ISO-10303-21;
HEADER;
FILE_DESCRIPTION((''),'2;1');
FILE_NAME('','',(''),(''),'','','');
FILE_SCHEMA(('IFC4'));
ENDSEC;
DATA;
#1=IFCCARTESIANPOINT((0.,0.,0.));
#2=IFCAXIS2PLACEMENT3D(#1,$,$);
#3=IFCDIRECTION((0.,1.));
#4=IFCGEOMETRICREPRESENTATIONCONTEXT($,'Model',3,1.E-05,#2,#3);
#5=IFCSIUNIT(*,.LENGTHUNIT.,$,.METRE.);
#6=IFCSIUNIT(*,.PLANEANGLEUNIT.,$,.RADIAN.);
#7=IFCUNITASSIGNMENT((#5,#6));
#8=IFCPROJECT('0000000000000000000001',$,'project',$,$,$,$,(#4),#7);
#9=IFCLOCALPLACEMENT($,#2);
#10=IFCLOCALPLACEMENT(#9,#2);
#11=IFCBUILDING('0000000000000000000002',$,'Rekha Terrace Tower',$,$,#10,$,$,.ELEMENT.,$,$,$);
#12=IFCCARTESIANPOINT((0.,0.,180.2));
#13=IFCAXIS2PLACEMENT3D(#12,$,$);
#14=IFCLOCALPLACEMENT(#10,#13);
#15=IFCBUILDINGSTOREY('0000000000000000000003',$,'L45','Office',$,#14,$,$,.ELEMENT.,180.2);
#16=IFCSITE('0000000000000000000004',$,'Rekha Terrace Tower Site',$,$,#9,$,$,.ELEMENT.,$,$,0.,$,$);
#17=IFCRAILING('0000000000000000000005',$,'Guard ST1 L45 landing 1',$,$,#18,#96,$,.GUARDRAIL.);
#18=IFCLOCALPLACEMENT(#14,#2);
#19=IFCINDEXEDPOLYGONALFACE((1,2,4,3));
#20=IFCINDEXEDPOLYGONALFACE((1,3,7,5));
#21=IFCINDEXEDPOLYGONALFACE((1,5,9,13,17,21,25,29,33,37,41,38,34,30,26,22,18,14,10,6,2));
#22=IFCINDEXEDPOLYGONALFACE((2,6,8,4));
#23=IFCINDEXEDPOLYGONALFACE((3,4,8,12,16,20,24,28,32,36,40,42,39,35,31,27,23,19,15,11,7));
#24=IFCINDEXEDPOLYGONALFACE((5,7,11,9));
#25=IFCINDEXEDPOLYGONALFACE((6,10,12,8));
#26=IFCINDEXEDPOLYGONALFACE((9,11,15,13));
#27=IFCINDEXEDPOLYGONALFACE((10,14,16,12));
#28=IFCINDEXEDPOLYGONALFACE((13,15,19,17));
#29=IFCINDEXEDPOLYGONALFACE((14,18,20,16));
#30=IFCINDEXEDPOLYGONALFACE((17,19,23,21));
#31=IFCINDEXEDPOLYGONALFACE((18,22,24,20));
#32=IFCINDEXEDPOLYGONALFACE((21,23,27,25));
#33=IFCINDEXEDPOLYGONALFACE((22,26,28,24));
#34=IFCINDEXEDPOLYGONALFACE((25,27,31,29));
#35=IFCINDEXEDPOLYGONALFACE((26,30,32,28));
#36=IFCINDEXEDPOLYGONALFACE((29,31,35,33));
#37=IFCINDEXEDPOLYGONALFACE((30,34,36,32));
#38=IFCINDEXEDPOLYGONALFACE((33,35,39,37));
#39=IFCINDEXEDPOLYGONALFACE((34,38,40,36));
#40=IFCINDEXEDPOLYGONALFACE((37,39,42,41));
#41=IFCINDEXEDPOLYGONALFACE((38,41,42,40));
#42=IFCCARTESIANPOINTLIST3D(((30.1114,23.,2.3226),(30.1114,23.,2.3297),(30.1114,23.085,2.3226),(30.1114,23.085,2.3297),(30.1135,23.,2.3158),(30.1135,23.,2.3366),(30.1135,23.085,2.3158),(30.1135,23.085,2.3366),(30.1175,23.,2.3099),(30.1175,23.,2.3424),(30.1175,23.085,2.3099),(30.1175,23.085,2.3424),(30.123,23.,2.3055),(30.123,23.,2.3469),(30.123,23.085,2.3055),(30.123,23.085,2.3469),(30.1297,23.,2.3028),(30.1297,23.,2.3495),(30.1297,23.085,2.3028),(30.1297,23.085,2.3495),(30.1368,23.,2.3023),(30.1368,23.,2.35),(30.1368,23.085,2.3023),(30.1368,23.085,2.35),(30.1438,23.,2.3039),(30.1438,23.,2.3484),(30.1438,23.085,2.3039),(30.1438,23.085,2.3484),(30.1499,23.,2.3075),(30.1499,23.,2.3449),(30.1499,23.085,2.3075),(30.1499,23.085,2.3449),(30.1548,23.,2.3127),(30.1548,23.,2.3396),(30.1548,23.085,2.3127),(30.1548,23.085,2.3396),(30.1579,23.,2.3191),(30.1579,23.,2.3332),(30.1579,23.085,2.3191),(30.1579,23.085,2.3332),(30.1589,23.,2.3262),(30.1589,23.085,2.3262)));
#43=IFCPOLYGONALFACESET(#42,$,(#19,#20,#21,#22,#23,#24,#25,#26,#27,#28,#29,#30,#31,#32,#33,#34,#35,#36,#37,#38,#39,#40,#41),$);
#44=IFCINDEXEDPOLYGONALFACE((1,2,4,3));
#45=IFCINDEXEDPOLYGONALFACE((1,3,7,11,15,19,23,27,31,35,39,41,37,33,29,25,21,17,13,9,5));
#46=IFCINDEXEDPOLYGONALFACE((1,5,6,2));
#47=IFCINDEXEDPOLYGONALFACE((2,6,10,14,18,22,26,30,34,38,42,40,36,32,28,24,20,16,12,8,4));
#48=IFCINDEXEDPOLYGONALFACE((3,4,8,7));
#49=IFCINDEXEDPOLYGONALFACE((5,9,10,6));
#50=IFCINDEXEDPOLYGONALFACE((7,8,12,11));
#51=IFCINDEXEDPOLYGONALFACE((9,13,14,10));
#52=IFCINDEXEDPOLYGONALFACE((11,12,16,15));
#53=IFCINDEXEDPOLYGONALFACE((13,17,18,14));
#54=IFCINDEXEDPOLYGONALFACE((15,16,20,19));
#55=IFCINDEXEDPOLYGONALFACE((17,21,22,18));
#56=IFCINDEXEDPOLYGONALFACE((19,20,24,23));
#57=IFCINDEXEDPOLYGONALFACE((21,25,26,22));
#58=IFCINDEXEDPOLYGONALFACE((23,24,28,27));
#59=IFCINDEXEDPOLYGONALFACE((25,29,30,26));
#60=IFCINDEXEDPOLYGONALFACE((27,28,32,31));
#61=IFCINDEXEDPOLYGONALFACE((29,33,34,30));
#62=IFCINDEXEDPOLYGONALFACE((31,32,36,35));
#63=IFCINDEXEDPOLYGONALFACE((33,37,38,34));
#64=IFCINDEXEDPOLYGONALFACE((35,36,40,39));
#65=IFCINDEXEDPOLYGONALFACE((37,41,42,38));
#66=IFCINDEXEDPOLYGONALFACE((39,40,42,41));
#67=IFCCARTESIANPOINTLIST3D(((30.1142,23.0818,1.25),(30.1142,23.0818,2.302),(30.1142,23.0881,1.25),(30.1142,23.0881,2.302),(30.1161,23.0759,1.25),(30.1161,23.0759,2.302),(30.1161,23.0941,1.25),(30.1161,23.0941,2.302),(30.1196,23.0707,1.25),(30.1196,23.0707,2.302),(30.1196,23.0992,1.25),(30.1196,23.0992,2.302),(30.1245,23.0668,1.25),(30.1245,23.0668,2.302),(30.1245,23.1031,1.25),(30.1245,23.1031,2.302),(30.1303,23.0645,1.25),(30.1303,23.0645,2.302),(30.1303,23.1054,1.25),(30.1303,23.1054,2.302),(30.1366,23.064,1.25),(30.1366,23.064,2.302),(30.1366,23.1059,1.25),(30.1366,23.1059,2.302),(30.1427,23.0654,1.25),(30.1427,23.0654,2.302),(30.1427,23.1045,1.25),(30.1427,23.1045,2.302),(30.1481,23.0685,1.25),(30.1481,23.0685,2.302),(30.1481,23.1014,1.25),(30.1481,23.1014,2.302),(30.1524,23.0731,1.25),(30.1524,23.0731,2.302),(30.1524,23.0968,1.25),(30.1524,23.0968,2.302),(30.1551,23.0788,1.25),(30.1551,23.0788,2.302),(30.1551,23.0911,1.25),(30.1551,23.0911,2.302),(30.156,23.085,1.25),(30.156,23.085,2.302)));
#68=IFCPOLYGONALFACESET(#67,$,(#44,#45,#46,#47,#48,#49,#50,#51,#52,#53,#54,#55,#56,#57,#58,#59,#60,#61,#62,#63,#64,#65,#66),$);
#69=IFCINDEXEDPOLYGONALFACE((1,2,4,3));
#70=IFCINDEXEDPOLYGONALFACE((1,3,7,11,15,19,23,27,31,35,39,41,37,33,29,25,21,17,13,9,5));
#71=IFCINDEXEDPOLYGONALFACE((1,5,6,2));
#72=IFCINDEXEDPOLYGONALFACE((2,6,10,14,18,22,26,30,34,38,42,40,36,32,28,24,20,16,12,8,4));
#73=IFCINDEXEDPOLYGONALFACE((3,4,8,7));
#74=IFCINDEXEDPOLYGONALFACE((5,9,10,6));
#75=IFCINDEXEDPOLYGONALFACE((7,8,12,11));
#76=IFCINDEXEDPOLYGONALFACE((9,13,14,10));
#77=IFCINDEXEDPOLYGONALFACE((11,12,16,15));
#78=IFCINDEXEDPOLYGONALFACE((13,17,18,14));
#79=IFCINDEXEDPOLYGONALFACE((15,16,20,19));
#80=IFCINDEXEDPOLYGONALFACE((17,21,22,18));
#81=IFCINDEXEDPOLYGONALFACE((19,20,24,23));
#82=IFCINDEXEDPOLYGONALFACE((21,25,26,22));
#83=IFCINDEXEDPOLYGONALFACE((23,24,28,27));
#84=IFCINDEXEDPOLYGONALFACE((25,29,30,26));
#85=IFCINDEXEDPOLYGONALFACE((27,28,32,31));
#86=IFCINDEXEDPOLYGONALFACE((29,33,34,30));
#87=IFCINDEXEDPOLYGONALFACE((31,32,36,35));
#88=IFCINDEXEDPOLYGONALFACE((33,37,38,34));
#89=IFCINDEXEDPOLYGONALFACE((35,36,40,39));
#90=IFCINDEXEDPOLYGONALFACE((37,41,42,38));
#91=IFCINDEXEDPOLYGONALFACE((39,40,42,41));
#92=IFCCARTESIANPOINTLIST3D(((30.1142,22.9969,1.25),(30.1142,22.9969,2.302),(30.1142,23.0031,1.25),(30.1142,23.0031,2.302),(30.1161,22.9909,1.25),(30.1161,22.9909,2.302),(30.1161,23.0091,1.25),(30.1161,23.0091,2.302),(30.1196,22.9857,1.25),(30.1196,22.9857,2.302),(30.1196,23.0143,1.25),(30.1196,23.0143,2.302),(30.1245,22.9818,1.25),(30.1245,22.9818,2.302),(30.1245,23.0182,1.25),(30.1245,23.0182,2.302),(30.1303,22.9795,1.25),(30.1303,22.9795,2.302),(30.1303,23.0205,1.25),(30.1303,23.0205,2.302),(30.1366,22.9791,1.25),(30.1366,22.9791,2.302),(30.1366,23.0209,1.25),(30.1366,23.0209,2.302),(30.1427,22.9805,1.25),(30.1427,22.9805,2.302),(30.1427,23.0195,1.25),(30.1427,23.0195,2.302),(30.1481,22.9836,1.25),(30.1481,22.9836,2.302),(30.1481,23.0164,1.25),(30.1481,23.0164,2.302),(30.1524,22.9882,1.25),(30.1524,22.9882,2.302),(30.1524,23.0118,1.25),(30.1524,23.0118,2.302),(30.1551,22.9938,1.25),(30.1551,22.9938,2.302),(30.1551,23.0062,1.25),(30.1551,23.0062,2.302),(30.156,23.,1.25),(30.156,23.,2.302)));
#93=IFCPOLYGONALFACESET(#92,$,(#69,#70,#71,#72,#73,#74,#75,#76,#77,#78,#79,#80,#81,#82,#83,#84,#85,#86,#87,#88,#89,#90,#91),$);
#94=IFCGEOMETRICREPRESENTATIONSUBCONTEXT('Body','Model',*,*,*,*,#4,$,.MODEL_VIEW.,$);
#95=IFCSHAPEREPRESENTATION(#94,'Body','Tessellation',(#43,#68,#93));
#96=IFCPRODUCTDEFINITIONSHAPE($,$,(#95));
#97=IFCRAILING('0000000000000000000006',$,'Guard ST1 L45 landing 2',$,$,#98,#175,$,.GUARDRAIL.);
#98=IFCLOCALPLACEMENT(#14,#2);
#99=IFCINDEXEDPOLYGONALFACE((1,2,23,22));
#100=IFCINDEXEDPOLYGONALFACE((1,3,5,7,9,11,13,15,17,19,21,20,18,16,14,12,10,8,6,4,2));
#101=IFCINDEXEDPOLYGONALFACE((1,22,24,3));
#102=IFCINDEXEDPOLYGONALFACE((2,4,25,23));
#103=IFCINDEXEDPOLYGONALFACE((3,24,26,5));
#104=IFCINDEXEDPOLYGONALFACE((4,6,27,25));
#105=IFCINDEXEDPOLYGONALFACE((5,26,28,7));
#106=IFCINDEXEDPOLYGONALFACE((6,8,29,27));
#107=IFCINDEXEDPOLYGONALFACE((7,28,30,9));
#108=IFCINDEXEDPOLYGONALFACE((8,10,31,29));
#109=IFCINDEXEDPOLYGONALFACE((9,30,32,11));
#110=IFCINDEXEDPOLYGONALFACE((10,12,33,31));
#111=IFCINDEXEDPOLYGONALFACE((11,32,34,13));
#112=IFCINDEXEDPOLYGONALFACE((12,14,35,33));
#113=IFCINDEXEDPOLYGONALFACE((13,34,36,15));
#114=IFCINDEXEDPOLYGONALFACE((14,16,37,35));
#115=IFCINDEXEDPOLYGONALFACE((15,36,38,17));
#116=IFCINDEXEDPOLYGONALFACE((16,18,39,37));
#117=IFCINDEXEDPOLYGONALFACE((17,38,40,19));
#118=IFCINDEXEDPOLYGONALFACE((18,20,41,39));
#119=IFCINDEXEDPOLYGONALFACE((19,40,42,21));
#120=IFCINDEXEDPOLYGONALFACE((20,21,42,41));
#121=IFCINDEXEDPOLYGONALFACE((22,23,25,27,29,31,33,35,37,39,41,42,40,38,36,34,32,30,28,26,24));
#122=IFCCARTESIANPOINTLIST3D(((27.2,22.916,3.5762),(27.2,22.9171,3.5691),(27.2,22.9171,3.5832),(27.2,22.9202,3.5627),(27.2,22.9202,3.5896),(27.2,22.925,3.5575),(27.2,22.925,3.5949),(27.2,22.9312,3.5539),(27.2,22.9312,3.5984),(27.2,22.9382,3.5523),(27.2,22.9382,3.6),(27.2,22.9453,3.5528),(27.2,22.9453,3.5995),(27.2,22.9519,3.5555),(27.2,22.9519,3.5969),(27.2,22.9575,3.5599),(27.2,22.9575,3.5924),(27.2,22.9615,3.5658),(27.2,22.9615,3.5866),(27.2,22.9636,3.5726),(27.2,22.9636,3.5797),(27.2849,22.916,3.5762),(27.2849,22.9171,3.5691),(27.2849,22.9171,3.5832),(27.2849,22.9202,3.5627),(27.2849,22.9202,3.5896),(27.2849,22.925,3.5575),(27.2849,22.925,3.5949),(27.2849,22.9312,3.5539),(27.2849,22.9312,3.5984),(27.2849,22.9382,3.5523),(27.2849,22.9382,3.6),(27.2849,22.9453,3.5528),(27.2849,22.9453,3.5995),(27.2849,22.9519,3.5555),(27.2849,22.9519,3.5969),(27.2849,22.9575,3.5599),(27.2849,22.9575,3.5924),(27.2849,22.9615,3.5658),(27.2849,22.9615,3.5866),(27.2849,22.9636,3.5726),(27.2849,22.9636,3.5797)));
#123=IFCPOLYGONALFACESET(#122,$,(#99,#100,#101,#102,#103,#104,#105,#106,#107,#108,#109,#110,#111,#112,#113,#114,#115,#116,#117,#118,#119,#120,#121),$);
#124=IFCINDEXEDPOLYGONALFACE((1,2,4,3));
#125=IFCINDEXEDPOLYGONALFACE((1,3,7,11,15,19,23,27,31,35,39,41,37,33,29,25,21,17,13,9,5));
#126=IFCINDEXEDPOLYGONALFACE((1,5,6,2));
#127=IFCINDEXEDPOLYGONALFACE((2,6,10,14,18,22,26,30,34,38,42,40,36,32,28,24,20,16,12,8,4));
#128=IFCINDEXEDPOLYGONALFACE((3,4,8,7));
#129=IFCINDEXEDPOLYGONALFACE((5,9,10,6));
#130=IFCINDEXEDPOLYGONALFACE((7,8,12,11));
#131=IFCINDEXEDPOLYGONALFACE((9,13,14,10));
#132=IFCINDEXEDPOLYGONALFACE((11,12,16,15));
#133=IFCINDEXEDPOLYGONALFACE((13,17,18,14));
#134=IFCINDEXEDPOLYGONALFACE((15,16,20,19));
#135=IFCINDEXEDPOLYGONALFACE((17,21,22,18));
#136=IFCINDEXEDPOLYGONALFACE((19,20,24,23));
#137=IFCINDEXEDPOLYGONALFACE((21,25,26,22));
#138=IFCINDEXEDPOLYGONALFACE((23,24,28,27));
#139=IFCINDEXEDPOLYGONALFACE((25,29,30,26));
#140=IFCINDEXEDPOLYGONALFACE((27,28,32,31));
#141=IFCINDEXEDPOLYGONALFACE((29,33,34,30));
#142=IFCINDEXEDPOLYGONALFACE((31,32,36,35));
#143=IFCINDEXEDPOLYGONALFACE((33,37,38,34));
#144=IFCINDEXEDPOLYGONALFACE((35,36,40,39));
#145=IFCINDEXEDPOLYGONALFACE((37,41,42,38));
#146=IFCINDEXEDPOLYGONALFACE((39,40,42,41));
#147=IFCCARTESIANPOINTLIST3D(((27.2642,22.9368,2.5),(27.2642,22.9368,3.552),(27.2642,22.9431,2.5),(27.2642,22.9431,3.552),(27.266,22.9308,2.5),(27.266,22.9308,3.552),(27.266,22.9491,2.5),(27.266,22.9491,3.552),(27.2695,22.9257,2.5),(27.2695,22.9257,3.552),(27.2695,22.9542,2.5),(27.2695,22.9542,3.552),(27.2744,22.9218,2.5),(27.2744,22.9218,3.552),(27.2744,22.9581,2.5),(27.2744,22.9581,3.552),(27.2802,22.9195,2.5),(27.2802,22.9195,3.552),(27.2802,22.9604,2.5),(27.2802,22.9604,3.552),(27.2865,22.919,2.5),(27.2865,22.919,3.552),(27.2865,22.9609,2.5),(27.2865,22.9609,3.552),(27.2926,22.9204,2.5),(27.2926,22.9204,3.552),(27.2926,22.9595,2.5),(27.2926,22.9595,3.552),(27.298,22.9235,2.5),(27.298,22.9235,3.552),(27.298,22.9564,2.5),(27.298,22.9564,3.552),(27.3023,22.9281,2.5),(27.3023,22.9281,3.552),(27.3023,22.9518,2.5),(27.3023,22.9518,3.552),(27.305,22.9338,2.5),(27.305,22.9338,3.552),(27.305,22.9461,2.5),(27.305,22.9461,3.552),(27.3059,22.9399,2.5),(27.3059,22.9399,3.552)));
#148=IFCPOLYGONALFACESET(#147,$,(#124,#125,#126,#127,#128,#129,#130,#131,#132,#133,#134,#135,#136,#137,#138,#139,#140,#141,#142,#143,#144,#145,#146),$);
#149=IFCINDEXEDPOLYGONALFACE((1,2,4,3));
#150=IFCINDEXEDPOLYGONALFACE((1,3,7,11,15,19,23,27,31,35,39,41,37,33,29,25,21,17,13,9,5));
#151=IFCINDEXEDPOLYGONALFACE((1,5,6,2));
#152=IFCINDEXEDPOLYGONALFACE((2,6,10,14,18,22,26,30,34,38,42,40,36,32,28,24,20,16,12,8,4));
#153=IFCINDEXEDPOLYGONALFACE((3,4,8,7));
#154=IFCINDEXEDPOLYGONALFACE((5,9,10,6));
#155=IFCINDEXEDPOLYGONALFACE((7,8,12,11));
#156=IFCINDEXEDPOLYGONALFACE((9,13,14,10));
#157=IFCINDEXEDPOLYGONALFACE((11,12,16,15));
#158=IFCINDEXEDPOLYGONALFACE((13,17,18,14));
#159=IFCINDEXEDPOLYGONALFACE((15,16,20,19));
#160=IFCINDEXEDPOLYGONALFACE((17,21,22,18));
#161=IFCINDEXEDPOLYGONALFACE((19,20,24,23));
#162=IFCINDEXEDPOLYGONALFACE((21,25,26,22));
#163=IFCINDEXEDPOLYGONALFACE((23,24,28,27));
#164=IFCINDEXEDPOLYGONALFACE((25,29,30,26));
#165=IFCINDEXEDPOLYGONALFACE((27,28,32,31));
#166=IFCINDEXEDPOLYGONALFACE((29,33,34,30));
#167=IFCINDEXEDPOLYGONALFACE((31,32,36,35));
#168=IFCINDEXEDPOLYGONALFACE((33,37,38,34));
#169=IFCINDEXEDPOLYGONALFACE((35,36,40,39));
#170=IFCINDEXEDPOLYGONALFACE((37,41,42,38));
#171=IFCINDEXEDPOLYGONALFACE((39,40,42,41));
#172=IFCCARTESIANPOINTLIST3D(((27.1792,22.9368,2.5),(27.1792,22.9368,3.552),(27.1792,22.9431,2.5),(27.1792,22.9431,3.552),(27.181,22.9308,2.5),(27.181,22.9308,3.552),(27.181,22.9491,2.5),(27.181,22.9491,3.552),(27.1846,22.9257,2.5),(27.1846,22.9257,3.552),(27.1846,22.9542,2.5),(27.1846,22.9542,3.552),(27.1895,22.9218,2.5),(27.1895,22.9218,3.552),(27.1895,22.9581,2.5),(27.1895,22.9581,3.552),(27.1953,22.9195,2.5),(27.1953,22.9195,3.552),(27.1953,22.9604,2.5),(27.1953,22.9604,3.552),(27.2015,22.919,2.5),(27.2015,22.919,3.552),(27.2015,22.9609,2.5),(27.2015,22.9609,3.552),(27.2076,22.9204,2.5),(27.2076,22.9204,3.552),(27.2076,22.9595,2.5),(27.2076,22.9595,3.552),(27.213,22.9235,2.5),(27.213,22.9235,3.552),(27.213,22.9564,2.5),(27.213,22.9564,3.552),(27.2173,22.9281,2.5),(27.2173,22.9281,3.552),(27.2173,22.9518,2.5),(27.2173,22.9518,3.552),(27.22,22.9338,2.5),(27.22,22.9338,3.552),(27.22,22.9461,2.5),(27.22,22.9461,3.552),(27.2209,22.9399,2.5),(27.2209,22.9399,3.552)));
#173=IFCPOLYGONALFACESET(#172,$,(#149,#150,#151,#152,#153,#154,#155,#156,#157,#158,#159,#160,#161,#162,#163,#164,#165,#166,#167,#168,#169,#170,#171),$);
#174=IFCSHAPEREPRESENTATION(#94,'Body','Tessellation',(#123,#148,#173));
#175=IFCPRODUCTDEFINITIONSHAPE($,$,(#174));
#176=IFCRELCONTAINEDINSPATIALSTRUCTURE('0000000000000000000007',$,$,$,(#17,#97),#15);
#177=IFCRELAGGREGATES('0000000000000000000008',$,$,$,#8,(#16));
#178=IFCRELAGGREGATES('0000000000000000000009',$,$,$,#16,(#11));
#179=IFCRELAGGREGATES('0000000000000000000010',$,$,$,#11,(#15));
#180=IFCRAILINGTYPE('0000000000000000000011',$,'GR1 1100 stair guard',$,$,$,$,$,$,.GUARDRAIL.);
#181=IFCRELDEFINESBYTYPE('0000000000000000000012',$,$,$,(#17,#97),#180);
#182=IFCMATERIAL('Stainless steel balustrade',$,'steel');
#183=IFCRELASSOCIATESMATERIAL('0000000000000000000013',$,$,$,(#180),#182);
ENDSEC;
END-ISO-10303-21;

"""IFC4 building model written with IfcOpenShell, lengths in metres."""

from ifc_helpers import new_model, si_unit, direction, frame, origin, origin_2d, place, context, subcontext, project, spatial, circle, extrude, material, type_object, element, save


model = new_model("IFC4")

# Units and contexts
model_context = context("Model", 3, precision=1e-05, world=origin(), true_north=direction((0.0, 1.0)))
body_context = subcontext(model_context, "Body", "Model", "MODEL_VIEW")
ifc_project = project(units=[si_unit("LENGTHUNIT", "METRE"), si_unit("PLANEANGLEUNIT", "RADIAN")], contexts=[model_context])

# Site, building, storey
site_placement = place(None, origin())
site = spatial("IfcSite", under=ifc_project, at=site_placement, Name="Rekha Terrace Tower Site", CompositionType="ELEMENT", RefElevation=0.0)
building_placement = place(site_placement, origin())
building = spatial("IfcBuilding", under=site, at=building_placement, Name="Rekha Terrace Tower", CompositionType="ELEMENT")
storey_placement = place(building_placement, frame((0.0, 0.0, 180.2)))
storey = spatial("IfcBuildingStorey", under=building, at=storey_placement, Name="L45", Description="Office", CompositionType="ELEMENT", Elevation=180.2)

# Railings
ifc_material_1 = material(Name="Stainless steel balustrade", Category="steel")
railing_type_1 = type_object("IfcRailingType", Name="GR1 1100 stair guard", PredefinedType="GUARDRAIL", material=ifc_material_1)
railing_1_placement = place(storey_placement, frame((30.135, 23.085, 1.25)))
element("IfcRailing", 1, at=railing_1_placement, inside=storey, type_object=railing_type_1, Name="Guard ST1 L45 landing 1", PredefinedType="GUARDRAIL", context=body_context, shape_type="SweptSolid", body=[
    extrude(circle(Radius=0.0239, at=origin_2d()), frame((0.0, 0.0, 1.0762), z_axis=(0.0, -1.0, 0.0), x_axis=(1.0, 0.0, 0.0)), (0.0, 0.0, 1.0), 0.085),
    extrude(circle(Radius=0.021, at=origin_2d()), origin(), (0.0, 0.0, 1.0), 1.052),
    extrude(circle(Radius=0.021, at=origin_2d()), frame((0.0, -0.085, 0.0)), (0.0, 0.0, 1.0), 1.052),
])
railing_2_placement = place(storey_placement, frame((27.2849, 22.9399, 2.5)))
element("IfcRailing", 2, at=railing_2_placement, inside=storey, type_object=railing_type_1, Name="Guard ST1 L45 landing 2", PredefinedType="GUARDRAIL", context=body_context, shape_type="SweptSolid", body=[
    extrude(circle(Radius=0.0239, at=origin_2d()), frame((0.0, 0.0, 1.0762), z_axis=(-1.0, 0.0, 0.0), x_axis=(0.0, -1.0, 0.0)), (0.0, 0.0, 1.0), 0.085),
    extrude(circle(Radius=0.021, at=origin_2d()), origin(), (0.0, 0.0, 1.0), 1.052),
    extrude(circle(Radius=0.021, at=origin_2d()), frame((-0.085, 0.0, 0.0)), (0.0, 0.0, 1.0), 1.052),
])

save(model, "model.ifc")
